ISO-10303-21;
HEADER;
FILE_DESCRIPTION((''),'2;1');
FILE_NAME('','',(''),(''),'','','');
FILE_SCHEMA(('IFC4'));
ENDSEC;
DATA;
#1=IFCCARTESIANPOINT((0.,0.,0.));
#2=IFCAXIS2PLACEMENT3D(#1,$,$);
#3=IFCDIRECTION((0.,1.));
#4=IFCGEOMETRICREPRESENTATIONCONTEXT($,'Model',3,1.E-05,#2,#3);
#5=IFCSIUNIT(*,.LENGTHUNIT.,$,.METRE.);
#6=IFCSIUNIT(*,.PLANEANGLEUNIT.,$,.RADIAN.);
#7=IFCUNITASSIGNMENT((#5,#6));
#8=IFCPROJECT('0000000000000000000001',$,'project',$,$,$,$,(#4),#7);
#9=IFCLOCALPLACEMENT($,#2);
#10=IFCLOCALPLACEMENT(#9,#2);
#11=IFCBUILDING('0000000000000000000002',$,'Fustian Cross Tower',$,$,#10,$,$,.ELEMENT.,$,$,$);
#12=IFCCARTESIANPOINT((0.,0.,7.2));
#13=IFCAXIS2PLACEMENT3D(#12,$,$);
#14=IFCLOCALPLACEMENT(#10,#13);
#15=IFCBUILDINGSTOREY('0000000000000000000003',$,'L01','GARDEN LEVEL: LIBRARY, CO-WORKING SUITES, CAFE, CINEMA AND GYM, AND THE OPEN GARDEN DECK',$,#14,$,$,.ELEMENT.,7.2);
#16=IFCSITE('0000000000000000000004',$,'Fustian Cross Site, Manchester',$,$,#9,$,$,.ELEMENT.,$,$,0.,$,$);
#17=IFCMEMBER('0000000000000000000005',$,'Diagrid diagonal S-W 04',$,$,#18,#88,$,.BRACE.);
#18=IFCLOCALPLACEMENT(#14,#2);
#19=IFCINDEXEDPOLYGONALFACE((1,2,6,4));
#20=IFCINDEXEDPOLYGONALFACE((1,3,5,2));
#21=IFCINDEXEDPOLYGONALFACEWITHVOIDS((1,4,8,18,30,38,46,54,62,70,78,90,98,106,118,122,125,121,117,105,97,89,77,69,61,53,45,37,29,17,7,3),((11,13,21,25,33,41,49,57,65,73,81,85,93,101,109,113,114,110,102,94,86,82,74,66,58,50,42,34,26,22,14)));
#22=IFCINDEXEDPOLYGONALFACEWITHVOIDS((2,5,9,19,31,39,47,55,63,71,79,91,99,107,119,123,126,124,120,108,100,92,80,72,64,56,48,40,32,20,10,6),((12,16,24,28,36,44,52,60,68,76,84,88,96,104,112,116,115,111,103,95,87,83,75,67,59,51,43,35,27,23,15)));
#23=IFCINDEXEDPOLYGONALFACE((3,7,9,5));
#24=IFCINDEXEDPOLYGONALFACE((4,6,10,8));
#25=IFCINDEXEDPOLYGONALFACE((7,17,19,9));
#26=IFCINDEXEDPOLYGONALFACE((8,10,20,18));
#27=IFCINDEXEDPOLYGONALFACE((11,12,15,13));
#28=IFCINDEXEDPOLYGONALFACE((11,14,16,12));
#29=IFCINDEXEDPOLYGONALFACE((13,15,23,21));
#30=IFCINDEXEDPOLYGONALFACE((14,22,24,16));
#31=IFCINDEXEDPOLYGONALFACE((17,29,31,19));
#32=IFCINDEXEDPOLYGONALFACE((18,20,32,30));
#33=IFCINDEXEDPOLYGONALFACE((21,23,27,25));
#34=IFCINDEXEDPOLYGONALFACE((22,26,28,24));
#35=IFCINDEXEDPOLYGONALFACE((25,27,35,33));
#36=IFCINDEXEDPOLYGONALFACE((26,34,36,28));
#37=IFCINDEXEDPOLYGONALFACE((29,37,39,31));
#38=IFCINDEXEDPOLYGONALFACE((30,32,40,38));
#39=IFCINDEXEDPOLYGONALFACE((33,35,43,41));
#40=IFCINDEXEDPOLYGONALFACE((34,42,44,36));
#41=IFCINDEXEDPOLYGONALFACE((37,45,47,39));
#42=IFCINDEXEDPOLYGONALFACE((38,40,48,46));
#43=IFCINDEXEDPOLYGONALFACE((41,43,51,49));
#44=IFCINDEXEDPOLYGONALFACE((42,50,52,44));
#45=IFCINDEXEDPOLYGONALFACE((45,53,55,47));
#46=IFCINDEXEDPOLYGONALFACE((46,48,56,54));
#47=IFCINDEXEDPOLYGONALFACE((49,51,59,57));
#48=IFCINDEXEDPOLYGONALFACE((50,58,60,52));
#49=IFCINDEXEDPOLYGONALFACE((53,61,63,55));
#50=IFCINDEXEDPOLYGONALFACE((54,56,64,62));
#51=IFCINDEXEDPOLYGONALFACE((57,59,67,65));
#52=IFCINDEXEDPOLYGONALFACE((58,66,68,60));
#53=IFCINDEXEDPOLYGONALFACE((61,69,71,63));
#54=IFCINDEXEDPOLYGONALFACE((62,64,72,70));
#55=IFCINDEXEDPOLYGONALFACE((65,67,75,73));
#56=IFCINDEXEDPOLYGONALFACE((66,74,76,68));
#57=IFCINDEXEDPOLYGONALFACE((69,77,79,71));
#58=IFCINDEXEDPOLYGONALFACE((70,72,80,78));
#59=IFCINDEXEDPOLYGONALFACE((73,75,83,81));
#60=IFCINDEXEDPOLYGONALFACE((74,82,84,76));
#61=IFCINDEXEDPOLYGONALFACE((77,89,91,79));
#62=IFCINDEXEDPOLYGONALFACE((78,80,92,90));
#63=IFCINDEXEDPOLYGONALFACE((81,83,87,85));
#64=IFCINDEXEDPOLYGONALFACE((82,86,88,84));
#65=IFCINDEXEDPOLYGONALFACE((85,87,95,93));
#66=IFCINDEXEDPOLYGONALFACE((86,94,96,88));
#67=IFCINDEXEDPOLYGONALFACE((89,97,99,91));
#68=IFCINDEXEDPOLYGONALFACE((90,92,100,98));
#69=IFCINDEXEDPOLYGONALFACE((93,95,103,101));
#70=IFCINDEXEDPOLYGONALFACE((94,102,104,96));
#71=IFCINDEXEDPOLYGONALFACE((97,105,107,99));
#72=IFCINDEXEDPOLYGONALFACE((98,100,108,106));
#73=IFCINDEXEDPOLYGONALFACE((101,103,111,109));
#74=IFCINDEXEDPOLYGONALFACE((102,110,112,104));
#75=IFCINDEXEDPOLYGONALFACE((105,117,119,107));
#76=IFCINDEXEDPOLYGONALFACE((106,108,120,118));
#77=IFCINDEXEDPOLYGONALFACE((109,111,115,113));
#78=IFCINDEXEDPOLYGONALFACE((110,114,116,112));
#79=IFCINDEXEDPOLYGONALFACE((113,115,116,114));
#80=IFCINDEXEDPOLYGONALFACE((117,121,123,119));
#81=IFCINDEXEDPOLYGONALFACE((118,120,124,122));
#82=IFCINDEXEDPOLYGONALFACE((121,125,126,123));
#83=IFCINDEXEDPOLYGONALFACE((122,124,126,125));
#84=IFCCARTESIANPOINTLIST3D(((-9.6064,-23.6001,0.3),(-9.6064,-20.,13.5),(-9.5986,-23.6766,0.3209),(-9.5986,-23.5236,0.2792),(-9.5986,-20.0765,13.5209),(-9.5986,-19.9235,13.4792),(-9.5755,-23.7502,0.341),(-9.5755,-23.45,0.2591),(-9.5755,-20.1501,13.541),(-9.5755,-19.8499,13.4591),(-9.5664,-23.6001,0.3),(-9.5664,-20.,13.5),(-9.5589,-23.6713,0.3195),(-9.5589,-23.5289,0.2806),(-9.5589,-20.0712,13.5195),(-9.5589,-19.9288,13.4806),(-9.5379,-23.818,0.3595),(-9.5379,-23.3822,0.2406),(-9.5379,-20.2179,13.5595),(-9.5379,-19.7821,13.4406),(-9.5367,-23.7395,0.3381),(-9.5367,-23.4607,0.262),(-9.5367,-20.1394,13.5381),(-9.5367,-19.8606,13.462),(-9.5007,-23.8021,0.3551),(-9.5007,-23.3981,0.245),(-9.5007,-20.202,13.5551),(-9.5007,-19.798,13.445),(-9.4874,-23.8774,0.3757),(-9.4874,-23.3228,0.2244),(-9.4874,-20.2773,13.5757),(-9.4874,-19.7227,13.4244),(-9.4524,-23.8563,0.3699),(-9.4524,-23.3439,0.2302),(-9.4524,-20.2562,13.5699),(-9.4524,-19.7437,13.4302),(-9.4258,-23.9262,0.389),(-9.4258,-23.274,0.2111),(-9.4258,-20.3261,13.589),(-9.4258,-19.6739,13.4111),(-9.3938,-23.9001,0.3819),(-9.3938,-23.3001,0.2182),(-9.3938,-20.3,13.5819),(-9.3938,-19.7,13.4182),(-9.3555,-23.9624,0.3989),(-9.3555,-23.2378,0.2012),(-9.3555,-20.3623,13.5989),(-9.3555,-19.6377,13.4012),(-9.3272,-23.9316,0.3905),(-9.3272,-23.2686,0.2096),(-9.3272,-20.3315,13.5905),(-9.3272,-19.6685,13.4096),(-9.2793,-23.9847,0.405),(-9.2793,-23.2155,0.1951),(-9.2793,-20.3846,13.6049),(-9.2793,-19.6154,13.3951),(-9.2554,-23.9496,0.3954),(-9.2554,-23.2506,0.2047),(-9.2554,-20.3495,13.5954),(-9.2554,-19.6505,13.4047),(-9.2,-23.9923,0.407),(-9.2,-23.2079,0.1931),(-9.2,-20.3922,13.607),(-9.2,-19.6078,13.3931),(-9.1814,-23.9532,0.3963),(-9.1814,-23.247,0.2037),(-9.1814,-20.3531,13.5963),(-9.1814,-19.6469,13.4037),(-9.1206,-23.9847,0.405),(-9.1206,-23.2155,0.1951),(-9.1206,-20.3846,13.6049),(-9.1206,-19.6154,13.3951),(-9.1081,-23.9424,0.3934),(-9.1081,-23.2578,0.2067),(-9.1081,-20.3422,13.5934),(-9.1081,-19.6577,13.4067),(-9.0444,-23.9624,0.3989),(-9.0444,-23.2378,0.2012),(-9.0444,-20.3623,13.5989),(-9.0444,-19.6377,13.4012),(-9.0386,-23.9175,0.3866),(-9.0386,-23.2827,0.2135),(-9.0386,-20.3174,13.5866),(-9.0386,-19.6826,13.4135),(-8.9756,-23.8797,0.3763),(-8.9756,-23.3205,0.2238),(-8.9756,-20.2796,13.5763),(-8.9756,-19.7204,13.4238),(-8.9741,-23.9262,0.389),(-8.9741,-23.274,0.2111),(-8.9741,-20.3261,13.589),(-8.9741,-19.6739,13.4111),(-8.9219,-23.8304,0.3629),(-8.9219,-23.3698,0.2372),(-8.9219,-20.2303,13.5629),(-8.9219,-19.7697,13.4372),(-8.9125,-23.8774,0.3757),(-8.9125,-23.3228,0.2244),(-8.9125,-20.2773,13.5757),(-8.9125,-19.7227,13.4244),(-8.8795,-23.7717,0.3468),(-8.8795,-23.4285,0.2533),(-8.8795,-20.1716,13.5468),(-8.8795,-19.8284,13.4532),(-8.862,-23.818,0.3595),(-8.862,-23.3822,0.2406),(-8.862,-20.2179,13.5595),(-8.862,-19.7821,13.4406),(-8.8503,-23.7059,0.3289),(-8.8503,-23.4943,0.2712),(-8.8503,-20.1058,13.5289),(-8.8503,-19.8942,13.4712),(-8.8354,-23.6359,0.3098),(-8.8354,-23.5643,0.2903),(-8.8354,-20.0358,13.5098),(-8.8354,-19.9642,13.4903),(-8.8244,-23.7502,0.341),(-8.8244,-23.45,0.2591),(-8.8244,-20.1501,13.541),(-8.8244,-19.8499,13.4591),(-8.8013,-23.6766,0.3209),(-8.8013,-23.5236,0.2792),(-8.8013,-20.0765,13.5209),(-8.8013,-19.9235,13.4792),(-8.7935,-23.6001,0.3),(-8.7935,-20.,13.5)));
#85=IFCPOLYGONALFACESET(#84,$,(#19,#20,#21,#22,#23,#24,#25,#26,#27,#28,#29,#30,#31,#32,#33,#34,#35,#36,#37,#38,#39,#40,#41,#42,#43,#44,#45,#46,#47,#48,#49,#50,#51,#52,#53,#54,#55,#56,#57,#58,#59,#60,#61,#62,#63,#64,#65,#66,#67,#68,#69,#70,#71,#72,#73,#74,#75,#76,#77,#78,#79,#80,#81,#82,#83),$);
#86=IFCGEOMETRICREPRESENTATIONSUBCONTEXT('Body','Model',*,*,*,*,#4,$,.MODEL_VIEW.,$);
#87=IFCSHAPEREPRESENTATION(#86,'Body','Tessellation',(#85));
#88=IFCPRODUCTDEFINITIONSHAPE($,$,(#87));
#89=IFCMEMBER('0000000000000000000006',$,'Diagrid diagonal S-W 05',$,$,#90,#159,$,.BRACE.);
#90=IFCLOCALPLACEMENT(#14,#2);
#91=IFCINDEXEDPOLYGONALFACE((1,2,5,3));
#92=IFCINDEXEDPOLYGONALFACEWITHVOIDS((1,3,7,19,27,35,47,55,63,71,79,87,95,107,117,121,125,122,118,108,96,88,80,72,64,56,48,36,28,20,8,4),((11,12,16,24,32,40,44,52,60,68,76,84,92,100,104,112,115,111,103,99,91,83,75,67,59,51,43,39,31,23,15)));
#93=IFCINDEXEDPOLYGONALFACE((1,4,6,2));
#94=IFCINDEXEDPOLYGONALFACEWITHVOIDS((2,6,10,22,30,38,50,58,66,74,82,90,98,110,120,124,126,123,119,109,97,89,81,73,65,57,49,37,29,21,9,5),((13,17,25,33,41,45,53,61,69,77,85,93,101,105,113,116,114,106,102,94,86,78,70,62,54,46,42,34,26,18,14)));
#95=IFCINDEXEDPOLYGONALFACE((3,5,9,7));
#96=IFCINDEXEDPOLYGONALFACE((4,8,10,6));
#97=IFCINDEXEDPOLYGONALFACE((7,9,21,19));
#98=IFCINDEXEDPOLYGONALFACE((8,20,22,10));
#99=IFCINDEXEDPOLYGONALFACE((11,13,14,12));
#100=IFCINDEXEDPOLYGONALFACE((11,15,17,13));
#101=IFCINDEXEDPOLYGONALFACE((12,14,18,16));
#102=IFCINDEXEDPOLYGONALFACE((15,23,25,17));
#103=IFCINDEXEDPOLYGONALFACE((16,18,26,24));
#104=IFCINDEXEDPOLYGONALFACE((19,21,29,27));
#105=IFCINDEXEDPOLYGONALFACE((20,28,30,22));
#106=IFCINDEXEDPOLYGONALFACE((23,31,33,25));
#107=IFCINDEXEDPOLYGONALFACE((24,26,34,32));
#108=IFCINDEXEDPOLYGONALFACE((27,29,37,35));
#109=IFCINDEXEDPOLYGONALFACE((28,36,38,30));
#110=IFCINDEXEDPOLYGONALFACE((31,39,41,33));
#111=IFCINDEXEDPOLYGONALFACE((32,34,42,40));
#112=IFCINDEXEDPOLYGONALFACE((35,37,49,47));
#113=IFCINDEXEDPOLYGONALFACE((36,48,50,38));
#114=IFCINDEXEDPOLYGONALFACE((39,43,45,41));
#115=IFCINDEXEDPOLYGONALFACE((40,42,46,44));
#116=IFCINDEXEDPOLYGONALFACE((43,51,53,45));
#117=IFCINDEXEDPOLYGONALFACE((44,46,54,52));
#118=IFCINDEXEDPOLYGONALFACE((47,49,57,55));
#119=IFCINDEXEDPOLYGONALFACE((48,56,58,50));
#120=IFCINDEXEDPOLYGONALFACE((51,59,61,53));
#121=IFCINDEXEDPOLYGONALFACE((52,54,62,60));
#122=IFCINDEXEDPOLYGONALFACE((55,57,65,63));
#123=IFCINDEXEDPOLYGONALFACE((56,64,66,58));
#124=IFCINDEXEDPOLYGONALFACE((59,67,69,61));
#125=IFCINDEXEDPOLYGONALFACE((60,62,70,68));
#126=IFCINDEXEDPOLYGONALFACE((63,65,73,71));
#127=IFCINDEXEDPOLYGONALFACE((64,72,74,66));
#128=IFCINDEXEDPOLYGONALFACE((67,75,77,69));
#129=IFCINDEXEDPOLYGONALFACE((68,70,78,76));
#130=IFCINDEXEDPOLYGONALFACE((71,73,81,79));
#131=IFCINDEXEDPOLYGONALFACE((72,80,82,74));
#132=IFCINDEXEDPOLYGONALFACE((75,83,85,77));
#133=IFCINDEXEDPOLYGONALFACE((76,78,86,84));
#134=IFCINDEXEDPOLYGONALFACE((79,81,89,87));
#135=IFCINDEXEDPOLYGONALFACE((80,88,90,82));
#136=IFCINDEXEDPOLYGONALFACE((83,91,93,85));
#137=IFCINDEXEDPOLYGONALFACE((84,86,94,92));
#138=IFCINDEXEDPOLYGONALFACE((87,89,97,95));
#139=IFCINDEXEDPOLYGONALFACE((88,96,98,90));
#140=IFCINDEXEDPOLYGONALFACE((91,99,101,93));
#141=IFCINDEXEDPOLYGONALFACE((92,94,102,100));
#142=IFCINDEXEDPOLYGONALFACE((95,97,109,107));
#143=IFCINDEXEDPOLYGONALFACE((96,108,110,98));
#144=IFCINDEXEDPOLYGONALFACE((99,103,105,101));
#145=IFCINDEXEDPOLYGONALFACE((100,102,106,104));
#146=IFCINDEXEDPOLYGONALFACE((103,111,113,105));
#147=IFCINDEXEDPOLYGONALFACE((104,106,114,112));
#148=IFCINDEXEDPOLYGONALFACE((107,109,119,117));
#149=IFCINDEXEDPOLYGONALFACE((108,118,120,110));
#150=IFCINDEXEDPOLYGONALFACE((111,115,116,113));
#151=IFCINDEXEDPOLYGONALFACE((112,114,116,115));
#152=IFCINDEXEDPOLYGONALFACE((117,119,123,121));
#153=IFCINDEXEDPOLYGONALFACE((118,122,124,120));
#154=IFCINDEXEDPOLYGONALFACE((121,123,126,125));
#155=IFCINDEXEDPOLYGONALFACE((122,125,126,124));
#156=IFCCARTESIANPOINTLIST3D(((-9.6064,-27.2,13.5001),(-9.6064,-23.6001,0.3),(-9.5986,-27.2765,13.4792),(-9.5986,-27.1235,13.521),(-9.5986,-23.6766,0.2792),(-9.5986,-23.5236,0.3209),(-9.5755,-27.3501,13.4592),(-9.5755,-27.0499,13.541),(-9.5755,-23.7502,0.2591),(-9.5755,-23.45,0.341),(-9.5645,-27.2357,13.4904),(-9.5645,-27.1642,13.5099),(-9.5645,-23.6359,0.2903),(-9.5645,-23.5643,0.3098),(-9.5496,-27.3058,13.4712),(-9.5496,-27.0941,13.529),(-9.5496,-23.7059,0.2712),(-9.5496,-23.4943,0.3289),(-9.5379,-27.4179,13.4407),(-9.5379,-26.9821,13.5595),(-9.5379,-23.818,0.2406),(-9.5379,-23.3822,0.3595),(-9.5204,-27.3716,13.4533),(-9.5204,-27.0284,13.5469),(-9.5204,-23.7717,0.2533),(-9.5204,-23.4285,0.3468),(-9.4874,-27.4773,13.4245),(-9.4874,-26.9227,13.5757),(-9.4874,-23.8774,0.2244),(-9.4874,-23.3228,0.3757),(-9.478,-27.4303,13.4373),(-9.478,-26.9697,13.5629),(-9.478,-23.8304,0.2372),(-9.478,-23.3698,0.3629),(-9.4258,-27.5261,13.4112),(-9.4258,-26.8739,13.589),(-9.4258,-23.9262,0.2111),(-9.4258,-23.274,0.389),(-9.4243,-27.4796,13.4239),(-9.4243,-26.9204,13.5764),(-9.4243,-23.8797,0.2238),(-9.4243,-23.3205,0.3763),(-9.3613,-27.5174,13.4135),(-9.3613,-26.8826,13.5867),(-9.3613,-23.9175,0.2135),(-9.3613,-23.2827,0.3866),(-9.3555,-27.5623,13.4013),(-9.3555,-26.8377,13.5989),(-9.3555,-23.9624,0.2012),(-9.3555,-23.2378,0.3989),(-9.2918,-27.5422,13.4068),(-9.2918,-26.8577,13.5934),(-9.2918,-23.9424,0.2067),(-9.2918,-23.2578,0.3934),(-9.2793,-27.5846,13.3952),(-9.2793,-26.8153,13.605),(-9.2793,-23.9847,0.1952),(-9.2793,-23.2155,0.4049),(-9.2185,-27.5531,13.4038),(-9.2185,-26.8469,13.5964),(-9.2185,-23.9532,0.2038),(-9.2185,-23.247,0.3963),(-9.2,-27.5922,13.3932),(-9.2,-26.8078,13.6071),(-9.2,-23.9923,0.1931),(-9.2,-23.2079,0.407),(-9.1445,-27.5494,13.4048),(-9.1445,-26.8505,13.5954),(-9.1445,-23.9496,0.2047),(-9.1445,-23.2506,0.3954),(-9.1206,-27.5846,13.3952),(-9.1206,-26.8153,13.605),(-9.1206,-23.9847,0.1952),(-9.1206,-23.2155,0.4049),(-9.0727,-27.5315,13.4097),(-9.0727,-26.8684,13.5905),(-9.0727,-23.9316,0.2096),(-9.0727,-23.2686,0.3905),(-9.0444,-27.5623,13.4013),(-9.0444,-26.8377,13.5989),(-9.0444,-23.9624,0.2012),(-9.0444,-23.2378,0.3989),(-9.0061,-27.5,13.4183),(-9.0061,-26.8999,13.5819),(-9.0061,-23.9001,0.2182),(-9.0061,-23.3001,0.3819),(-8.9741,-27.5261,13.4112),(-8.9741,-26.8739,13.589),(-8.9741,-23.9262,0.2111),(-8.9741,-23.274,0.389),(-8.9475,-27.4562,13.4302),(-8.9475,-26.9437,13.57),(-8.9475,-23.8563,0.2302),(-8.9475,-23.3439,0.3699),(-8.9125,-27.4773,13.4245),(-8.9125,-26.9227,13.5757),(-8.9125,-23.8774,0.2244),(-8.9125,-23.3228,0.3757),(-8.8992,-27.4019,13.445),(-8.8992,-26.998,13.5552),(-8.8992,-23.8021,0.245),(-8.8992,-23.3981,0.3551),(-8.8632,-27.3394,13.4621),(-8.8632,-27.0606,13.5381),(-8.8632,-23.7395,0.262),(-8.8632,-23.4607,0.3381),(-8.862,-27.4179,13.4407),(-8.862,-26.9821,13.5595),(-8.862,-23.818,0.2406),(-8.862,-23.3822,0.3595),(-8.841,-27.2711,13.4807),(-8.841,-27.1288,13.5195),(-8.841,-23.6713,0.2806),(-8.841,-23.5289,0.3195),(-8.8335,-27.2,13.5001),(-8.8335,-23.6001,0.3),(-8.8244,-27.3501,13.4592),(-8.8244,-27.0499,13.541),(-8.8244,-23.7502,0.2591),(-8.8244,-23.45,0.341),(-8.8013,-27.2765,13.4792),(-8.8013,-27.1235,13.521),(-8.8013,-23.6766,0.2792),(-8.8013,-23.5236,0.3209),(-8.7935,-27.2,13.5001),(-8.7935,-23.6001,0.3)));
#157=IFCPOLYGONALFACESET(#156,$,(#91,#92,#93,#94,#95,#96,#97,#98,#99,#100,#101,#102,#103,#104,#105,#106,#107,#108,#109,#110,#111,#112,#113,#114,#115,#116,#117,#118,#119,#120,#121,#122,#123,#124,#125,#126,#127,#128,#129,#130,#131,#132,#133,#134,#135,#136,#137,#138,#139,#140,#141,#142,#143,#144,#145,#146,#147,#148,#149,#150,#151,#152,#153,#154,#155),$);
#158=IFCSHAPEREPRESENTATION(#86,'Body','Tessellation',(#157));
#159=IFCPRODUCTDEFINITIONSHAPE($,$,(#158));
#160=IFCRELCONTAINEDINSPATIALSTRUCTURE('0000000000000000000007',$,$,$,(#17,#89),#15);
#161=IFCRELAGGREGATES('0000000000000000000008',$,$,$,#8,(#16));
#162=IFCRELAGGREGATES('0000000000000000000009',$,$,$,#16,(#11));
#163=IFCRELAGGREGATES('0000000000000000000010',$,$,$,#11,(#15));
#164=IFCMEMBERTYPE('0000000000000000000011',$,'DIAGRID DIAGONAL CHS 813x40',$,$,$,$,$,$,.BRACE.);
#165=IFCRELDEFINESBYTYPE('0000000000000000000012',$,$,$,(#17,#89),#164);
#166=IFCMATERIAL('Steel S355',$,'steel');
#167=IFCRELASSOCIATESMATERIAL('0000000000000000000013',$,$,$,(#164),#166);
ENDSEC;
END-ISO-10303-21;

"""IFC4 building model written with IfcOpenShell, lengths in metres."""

from ifc_helpers import new_model, si_unit, direction, frame, origin, origin_2d, place, context, subcontext, project, spatial, hollow_circle, extrude, material, material_profile, profile_set, type_object, element, save


model = new_model("IFC4")

# Units and contexts
model_context = context("Model", 3, precision=1e-05, world=origin(), true_north=direction((0.0, 1.0)))
body_context = subcontext(model_context, "Body", "Model", "MODEL_VIEW")
ifc_project = project(units=[si_unit("LENGTHUNIT", "METRE"), si_unit("PLANEANGLEUNIT", "RADIAN")], contexts=[model_context])

# Site, building, storey
site_placement = place(None, origin())
site = spatial("IfcSite", under=ifc_project, at=site_placement, Name="Fustian Cross Site, Manchester", CompositionType="ELEMENT", RefElevation=0.0)
building_placement = place(site_placement, origin())
building = spatial("IfcBuilding", under=site, at=building_placement, Name="Fustian Cross Tower", CompositionType="ELEMENT")
storey_placement = place(building_placement, frame((0.0, 0.0, 7.2)))
storey = spatial("IfcBuildingStorey", under=building, at=storey_placement, Name="L01", Description="GARDEN LEVEL: LIBRARY, CO-WORKING SUITES, CAFE, CINEMA AND GYM, AND THE OPEN GARDEN DECK", CompositionType="ELEMENT", Elevation=7.2)

# Members
ifc_material_1 = material(Name="Steel S355", Category="steel")
ifc_material_profile_1 = material_profile(ifc_material_1, hollow_circle(Radius=0.4065, WallThickness=0.04, at=origin_2d()), Name="CHS 813x40")
ifc_profile_set_1 = profile_set([ifc_material_profile_1], Name="Steel S355")
member_type_1 = type_object("IfcMemberType", Name="DIAGRID DIAGONAL CHS 813x40", PredefinedType="BRACE", material=ifc_profile_set_1)
for number, where, z_axis, x_axis, name in (
    (1, (-9.2, -23.6001, 0.3), (0.0, 0.263125, 0.964762), (-1.0, 0.0, 0.0), "Diagrid diagonal S-W 04"),
    (2, (-9.2, -23.6001, 0.3), (0.0, -0.263108, 0.964766), (1.0, 0.0, 0.0), "Diagrid diagonal S-W 05"),
):
    element("IfcMember", number, at=place(storey_placement, frame(where, z_axis=z_axis, x_axis=x_axis)), inside=storey, type_object=member_type_1, Name=name, PredefinedType="BRACE", context=body_context, shape_type="SweptSolid", body=[
        extrude(hollow_circle(Radius=0.4065, WallThickness=0.04, at=origin_2d()), origin(), (0.0, 0.0, 1.0), 13.6821),
    ])

save(model, "model.ifc")
